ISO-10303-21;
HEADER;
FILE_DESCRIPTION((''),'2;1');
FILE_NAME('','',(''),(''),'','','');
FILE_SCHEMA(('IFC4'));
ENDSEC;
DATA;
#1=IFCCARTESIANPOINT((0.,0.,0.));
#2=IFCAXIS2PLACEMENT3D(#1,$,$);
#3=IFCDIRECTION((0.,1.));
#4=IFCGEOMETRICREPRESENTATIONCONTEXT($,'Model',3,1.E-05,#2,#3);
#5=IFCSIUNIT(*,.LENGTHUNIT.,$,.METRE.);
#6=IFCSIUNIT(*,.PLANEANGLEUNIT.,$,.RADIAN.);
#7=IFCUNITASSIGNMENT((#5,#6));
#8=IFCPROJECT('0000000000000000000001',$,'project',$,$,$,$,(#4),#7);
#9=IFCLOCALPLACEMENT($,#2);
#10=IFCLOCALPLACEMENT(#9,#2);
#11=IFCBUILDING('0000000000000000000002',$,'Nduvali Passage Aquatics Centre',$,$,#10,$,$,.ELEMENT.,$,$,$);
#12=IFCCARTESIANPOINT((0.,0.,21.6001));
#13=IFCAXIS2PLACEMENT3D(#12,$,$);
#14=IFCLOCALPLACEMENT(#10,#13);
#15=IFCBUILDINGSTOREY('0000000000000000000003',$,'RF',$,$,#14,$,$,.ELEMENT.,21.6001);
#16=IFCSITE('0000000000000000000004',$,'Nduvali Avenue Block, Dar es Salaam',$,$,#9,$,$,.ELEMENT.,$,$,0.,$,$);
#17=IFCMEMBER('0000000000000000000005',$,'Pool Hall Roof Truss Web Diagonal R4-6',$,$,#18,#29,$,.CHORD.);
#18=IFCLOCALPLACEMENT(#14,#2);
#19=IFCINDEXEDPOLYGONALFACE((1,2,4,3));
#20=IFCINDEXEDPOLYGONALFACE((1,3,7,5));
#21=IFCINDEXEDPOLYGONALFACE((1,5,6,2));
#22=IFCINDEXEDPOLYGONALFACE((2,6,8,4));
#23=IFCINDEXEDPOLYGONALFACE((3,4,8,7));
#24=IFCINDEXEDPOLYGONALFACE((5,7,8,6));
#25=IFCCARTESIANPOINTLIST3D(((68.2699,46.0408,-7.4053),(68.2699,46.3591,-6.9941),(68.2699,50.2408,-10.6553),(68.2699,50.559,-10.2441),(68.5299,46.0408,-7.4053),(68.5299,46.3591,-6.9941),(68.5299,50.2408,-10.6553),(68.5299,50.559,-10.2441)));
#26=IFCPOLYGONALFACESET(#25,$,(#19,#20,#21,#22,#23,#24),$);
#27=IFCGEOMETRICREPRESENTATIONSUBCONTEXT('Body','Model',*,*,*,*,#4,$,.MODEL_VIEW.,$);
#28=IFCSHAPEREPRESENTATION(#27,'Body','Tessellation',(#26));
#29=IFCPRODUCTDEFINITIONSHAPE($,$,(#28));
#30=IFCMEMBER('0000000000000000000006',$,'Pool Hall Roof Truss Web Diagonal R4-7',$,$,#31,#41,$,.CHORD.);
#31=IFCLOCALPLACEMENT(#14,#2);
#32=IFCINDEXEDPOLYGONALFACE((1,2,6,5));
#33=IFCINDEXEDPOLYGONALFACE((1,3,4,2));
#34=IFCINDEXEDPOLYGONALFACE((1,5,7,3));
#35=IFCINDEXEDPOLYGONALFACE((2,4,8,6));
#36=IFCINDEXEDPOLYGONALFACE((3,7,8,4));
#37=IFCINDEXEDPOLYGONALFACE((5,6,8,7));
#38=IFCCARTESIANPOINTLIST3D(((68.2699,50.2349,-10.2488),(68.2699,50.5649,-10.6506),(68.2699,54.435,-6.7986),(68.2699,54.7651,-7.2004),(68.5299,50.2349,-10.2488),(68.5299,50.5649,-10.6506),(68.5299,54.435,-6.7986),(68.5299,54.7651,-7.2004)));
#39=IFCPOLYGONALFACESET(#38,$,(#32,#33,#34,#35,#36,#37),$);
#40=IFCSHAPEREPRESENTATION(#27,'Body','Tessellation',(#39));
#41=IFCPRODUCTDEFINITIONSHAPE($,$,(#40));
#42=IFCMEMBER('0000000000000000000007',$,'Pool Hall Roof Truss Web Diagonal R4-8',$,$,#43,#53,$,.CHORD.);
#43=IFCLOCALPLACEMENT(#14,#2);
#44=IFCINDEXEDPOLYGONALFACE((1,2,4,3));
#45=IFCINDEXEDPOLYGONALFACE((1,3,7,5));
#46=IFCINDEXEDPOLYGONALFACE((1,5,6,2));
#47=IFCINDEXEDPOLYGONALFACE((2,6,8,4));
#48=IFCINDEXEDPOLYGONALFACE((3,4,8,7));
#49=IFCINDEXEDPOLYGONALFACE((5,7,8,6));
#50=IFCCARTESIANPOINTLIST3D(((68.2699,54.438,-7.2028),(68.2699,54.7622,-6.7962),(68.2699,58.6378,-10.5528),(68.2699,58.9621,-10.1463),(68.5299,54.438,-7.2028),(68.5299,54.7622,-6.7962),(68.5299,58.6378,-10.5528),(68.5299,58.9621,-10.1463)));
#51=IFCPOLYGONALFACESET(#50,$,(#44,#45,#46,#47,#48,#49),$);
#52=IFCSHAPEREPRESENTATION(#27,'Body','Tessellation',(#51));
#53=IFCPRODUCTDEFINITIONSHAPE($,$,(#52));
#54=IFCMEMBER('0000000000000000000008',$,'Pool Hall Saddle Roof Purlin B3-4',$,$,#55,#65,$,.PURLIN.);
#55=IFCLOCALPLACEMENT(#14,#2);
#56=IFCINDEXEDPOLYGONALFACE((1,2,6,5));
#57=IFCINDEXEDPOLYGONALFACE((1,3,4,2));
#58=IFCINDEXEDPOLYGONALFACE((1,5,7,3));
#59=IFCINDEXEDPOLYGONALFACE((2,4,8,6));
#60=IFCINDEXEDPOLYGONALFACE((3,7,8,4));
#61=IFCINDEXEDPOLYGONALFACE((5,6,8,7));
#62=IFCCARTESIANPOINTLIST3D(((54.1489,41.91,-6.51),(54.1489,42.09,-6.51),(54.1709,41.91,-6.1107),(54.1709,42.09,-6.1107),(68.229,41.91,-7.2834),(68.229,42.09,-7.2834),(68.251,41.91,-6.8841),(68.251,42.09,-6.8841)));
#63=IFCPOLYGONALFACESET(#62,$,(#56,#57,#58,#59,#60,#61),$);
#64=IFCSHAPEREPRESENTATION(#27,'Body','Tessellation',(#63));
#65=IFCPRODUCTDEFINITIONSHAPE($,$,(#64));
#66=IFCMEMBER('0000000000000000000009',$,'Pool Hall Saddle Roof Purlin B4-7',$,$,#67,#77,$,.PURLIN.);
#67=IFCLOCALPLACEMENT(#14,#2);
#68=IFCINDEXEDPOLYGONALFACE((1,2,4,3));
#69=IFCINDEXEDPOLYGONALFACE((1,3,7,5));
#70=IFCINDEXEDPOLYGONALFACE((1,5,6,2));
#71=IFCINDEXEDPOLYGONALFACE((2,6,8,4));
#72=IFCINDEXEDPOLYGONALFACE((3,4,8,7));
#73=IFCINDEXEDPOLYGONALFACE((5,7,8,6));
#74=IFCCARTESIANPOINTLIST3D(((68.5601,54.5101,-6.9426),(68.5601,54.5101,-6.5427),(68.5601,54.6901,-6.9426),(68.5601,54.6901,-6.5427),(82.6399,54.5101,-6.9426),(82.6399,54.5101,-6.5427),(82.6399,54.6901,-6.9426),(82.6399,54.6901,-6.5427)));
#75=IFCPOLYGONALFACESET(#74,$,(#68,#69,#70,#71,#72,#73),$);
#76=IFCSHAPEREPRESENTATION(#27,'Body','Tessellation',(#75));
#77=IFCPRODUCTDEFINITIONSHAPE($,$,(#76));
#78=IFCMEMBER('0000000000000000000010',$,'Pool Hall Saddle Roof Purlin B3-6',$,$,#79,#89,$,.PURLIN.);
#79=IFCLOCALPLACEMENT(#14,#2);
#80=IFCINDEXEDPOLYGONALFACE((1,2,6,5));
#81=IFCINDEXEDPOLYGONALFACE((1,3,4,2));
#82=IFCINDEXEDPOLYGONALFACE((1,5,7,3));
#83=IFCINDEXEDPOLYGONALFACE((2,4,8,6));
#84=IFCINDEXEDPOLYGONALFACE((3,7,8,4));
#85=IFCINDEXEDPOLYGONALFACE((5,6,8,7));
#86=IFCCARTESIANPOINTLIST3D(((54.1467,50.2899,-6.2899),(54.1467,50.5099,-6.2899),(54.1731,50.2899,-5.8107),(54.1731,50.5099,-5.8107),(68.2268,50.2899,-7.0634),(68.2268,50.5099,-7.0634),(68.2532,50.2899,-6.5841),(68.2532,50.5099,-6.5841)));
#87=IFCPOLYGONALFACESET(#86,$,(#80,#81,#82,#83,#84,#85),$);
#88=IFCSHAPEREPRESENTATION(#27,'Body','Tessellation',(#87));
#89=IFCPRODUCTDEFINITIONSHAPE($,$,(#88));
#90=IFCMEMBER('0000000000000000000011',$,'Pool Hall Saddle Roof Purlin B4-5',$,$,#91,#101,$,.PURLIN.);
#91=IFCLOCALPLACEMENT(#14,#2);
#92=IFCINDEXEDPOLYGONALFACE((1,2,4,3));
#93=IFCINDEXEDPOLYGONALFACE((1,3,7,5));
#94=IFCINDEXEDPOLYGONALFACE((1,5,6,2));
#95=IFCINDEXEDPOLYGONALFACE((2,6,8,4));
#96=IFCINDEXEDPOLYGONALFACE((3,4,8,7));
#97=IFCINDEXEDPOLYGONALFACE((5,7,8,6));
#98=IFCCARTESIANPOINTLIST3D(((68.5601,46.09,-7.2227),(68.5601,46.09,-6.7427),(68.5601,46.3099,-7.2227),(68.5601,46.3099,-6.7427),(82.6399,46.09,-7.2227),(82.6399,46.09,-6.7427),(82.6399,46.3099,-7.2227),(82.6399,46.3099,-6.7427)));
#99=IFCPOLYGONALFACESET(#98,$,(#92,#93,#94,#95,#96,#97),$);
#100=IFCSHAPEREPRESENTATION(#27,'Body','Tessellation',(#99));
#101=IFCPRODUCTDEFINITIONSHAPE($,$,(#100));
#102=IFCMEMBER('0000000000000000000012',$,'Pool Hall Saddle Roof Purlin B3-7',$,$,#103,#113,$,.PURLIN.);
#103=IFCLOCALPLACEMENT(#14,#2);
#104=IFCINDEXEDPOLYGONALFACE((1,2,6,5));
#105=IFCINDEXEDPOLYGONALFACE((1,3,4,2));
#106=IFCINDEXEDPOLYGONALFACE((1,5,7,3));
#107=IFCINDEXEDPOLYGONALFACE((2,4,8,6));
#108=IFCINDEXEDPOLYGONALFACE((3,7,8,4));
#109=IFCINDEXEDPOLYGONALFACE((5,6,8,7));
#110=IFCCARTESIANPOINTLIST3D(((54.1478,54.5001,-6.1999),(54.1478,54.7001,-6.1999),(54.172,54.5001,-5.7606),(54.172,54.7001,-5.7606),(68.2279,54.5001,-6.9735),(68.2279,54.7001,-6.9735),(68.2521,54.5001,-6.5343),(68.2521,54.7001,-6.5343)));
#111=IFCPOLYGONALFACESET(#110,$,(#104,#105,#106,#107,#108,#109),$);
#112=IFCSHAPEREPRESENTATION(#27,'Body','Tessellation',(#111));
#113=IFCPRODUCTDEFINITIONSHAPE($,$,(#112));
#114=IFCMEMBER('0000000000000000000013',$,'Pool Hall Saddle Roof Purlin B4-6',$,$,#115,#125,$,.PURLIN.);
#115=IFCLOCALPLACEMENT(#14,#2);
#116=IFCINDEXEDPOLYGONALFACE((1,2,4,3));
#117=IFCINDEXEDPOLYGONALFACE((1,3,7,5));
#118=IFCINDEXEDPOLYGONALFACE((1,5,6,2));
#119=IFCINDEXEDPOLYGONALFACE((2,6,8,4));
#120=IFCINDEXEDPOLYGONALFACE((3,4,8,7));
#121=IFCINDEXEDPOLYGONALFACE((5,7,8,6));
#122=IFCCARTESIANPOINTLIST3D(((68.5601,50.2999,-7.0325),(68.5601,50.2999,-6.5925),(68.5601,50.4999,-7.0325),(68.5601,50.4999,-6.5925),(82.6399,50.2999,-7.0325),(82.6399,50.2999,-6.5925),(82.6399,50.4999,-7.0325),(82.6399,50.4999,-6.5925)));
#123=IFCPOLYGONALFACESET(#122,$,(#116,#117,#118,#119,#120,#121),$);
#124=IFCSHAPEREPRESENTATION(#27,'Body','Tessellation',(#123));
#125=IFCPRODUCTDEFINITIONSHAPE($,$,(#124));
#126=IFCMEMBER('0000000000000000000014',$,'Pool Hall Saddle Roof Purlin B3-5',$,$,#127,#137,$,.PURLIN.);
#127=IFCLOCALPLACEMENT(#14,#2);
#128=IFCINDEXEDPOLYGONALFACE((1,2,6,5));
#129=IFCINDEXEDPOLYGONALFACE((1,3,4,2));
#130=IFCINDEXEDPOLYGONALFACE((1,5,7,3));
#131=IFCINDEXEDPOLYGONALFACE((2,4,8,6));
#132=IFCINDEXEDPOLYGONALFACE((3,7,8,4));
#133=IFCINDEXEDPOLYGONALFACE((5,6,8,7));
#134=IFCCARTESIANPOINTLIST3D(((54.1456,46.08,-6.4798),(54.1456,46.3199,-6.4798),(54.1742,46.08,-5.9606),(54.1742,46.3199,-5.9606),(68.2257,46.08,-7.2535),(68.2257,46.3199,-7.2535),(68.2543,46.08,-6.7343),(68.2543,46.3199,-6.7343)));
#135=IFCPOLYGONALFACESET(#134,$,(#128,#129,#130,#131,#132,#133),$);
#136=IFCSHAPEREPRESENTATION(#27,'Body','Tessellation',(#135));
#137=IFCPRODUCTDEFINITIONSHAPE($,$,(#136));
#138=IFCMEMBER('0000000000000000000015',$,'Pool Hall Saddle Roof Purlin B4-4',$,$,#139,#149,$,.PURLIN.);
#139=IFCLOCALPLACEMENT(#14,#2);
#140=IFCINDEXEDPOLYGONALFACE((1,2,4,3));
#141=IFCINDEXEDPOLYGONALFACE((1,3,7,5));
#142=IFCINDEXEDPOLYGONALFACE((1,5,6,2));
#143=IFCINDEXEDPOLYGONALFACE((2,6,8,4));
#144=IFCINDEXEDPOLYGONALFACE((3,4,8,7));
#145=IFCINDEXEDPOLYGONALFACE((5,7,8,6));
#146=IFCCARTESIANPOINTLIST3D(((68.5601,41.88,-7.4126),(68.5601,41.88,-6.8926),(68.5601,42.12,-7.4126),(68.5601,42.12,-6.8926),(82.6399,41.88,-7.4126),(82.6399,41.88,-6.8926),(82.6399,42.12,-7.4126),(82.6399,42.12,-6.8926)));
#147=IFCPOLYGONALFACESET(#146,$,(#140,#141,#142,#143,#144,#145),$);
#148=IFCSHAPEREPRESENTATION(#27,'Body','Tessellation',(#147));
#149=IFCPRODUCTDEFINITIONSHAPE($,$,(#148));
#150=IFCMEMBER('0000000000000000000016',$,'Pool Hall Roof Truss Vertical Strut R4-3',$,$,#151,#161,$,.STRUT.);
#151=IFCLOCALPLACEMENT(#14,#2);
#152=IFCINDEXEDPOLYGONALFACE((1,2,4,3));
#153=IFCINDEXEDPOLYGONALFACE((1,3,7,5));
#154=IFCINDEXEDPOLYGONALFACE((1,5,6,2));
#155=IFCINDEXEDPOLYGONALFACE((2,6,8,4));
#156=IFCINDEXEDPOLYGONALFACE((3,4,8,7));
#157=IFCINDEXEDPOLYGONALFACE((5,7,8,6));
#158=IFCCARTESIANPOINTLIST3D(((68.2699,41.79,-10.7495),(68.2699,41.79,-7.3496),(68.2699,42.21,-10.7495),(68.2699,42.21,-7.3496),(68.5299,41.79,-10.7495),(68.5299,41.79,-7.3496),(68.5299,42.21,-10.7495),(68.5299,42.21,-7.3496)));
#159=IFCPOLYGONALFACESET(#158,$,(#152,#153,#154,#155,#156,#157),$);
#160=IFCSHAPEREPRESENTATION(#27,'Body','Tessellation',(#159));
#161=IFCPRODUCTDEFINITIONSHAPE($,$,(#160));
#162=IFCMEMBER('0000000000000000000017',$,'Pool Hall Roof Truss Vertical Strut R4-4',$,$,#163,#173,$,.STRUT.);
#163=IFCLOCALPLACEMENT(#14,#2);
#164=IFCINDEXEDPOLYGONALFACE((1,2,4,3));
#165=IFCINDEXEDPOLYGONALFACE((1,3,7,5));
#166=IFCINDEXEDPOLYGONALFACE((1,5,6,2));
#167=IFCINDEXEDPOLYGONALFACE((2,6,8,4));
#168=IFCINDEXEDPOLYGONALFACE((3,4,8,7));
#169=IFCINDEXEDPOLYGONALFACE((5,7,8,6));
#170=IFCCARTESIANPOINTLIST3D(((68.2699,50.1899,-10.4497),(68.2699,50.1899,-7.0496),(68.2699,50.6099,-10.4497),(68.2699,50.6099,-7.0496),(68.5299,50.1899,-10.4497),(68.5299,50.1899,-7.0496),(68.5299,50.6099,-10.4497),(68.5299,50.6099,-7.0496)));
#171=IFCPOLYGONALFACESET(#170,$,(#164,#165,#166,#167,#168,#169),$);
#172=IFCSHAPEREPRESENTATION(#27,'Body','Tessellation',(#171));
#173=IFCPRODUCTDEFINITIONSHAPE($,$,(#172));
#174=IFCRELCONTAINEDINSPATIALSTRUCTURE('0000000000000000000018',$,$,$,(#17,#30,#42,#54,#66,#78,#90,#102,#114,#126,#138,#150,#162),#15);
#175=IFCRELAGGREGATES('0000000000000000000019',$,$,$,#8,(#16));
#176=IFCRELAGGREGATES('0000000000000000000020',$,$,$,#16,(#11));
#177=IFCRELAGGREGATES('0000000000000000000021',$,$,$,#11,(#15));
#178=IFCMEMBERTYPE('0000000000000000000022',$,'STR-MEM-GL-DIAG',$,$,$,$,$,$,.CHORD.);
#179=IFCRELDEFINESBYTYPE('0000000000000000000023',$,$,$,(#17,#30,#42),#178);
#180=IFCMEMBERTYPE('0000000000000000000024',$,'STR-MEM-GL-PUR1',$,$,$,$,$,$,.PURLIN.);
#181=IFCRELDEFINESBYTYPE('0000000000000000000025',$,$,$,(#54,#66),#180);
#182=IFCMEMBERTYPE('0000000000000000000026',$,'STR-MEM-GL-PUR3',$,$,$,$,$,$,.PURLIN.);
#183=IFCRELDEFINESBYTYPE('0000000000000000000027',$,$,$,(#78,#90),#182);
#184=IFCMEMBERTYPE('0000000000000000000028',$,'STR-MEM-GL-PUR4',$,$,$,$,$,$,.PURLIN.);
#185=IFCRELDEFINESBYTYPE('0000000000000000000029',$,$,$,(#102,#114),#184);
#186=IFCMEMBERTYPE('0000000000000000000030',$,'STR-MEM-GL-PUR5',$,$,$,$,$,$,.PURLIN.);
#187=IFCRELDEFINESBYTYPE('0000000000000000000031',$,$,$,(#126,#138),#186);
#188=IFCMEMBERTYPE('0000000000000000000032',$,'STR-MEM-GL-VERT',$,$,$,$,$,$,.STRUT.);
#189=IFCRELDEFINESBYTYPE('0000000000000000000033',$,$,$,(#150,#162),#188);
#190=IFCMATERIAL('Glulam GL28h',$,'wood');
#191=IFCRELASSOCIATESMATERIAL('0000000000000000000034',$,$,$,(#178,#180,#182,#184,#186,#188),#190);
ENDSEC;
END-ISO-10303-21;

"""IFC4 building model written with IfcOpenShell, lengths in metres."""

from ifc_helpers import new_model, si_unit, direction, frame, origin, origin_2d, place, context, subcontext, project, spatial, rectangle, extrude, material, material_profile, profile_set, type_object, element, save


model = new_model("IFC4")

# Units and contexts
model_context = context("Model", 3, precision=1e-05, world=origin(), true_north=direction((0.0, 1.0)))
body_context = subcontext(model_context, "Body", "Model", "MODEL_VIEW")
ifc_project = project(units=[si_unit("LENGTHUNIT", "METRE"), si_unit("PLANEANGLEUNIT", "RADIAN")], contexts=[model_context])

# Site, building, storey
site_placement = place(None, origin())
site = spatial("IfcSite", under=ifc_project, at=site_placement, Name="Nduvali Avenue Block, Dar es Salaam", CompositionType="ELEMENT", RefElevation=0.0)
building_placement = place(site_placement, origin())
building = spatial("IfcBuilding", under=site, at=building_placement, Name="Nduvali Passage Aquatics Centre", CompositionType="ELEMENT")
storey_placement = place(building_placement, frame((0.0, 0.0, 21.6001)))
storey = spatial("IfcBuildingStorey", under=building, at=storey_placement, Name="RF", CompositionType="ELEMENT", Elevation=21.6001)

# Members
ifc_material_1 = material(Name="Glulam GL28h", Category="wood")
ifc_material_profile_1 = material_profile(ifc_material_1, rectangle(XDim=0.26, YDim=0.52, at=origin_2d()), Name="GL28h 260x520")
ifc_profile_set_1 = profile_set([ifc_material_profile_1], Name="Glulam GL28h")
member_type_1 = type_object("IfcMemberType", Name="STR-MEM-GL-DIAG", PredefinedType="CHORD", material=ifc_profile_set_1)
member_1_placement = place(storey_placement, frame((68.3999, 46.2, -7.1997), z_axis=(0.0, 0.790867, -0.611988), x_axis=(-1.0, 0.0, 0.0)))
element("IfcMember", 1, at=member_1_placement, inside=storey, type_object=member_type_1, Name="Pool Hall Roof Truss Web Diagonal R4-6", PredefinedType="CHORD", context=body_context, shape_type="SweptSolid", body=[
    extrude(rectangle(XDim=0.26, YDim=0.52, at=origin_2d()), origin(), (0.0, 0.0, 1.0), 5.3105),
])
member_2_placement = place(storey_placement, frame((68.3999, 50.3999, -10.4497), z_axis=(0.0, 0.772723, 0.634743), x_axis=(-1.0, 0.0, 0.0)))
element("IfcMember", 2, at=member_2_placement, inside=storey, type_object=member_type_1, Name="Pool Hall Roof Truss Web Diagonal R4-7", PredefinedType="CHORD", context=body_context, shape_type="SweptSolid", body=[
    extrude(rectangle(XDim=0.26, YDim=0.52, at=origin_2d()), origin(), (0.0, 0.0, 1.0), 5.4355),
])
member_3_placement = place(storey_placement, frame((68.3999, 54.6001, -6.9995), z_axis=(0.0, 0.781764, -0.623575), x_axis=(-1.0, 0.0, 0.0)))
element("IfcMember", 3, at=member_3_placement, inside=storey, type_object=member_type_1, Name="Pool Hall Roof Truss Web Diagonal R4-8", PredefinedType="CHORD", context=body_context, shape_type="SweptSolid", body=[
    extrude(rectangle(XDim=0.26, YDim=0.52, at=origin_2d()), origin(), (0.0, 0.0, 1.0), 5.3723),
])
ifc_material_profile_2 = material_profile(ifc_material_1, rectangle(XDim=0.1799, YDim=0.3999, at=origin_2d()), Name="GL28h 180x400")
ifc_profile_set_2 = profile_set([ifc_material_profile_2], Name="Glulam GL28h")
member_type_2 = type_object("IfcMemberType", Name="STR-MEM-GL-PUR1", PredefinedType="PURLIN", material=ifc_profile_set_2)
member_4_placement = place(storey_placement, frame((54.1599, 42.0, -6.3103), z_axis=(0.998495, 0.0, -0.054849), x_axis=(0.0, 1.0, 0.0)))
element("IfcMember", 4, at=member_4_placement, inside=storey, type_object=member_type_2, Name="Pool Hall Saddle Roof Purlin B3-4", PredefinedType="PURLIN", context=body_context, shape_type="SweptSolid", body=[
    extrude(rectangle(XDim=0.1799, YDim=0.3999, at=origin_2d()), origin(), (0.0, 0.0, 1.0), 14.1013),
])
member_5_placement = place(storey_placement, frame((68.5601, 54.6001, -6.7427), z_axis=(1.0, 0.0, 0.0), x_axis=(0.0, 1.0, 0.0)))
element("IfcMember", 5, at=member_5_placement, inside=storey, type_object=member_type_2, Name="Pool Hall Saddle Roof Purlin B4-7", PredefinedType="PURLIN", context=body_context, shape_type="SweptSolid", body=[
    extrude(rectangle(XDim=0.1799, YDim=0.3999, at=origin_2d()), origin(), (0.0, 0.0, 1.0), 14.0798),
])
ifc_material_profile_3 = material_profile(ifc_material_1, rectangle(XDim=0.22, YDim=0.48, at=origin_2d()), Name="GL28h 220x480")
ifc_profile_set_3 = profile_set([ifc_material_profile_3], Name="Glulam GL28h")
member_type_3 = type_object("IfcMemberType", Name="STR-MEM-GL-PUR3", PredefinedType="PURLIN", material=ifc_profile_set_3)
member_6_placement = place(storey_placement, frame((54.1599, 50.3999, -6.0503), z_axis=(0.998495, 0.0, -0.054849), x_axis=(0.0, 1.0, 0.0)))
element("IfcMember", 6, at=member_6_placement, inside=storey, type_object=member_type_3, Name="Pool Hall Saddle Roof Purlin B3-6", PredefinedType="PURLIN", context=body_context, shape_type="SweptSolid", body=[
    extrude(rectangle(XDim=0.22, YDim=0.48, at=origin_2d()), origin(), (0.0, 0.0, 1.0), 14.1013),
])
member_7_placement = place(storey_placement, frame((68.5601, 46.2, -6.9827), z_axis=(1.0, 0.0, 0.0), x_axis=(0.0, 1.0, 0.0)))
element("IfcMember", 7, at=member_7_placement, inside=storey, type_object=member_type_3, Name="Pool Hall Saddle Roof Purlin B4-5", PredefinedType="PURLIN", context=body_context, shape_type="SweptSolid", body=[
    extrude(rectangle(XDim=0.22, YDim=0.48, at=origin_2d()), origin(), (0.0, 0.0, 1.0), 14.0798),
])
ifc_material_profile_4 = material_profile(ifc_material_1, rectangle(XDim=0.2, YDim=0.4399, at=origin_2d()), Name="GL28h 200x440")
ifc_profile_set_4 = profile_set([ifc_material_profile_4], Name="Glulam GL28h")
member_type_4 = type_object("IfcMemberType", Name="STR-MEM-GL-PUR4", PredefinedType="PURLIN", material=ifc_profile_set_4)
member_8_placement = place(storey_placement, frame((54.1599, 54.6001, -5.9802), z_axis=(0.998494, 0.0, -0.054866), x_axis=(0.0, 1.0, 0.0)))
element("IfcMember", 8, at=member_8_placement, inside=storey, type_object=member_type_4, Name="Pool Hall Saddle Roof Purlin B3-7", PredefinedType="PURLIN", context=body_context, shape_type="SweptSolid", body=[
    extrude(rectangle(XDim=0.2, YDim=0.4399, at=origin_2d()), origin(), (0.0, 0.0, 1.0), 14.1013),
])
member_9_placement = place(storey_placement, frame((68.5601, 50.3999, -6.8125), z_axis=(1.0, 0.0, 0.0), x_axis=(0.0, 1.0, 0.0)))
element("IfcMember", 9, at=member_9_placement, inside=storey, type_object=member_type_4, Name="Pool Hall Saddle Roof Purlin B4-6", PredefinedType="PURLIN", context=body_context, shape_type="SweptSolid", body=[
    extrude(rectangle(XDim=0.2, YDim=0.4399, at=origin_2d()), origin(), (0.0, 0.0, 1.0), 14.0798),
])
ifc_material_profile_5 = material_profile(ifc_material_1, rectangle(XDim=0.24, YDim=0.52, at=origin_2d()), Name="GL28h 240x520")
ifc_profile_set_5 = profile_set([ifc_material_profile_5], Name="Glulam GL28h")
member_type_5 = type_object("IfcMemberType", Name="STR-MEM-GL-PUR5", PredefinedType="PURLIN", material=ifc_profile_set_5)
member_10_placement = place(storey_placement, frame((54.1599, 46.2, -6.2202), z_axis=(0.998494, 0.0, -0.054866), x_axis=(0.0, 1.0, 0.0)))
element("IfcMember", 10, at=member_10_placement, inside=storey, type_object=member_type_5, Name="Pool Hall Saddle Roof Purlin B3-5", PredefinedType="PURLIN", context=body_context, shape_type="SweptSolid", body=[
    extrude(rectangle(XDim=0.24, YDim=0.52, at=origin_2d()), origin(), (0.0, 0.0, 1.0), 14.1013),
])
member_11_placement = place(storey_placement, frame((68.5601, 42.0, -7.1526), z_axis=(1.0, 0.0, 0.0), x_axis=(0.0, 1.0, 0.0)))
element("IfcMember", 11, at=member_11_placement, inside=storey, type_object=member_type_5, Name="Pool Hall Saddle Roof Purlin B4-4", PredefinedType="PURLIN", context=body_context, shape_type="SweptSolid", body=[
    extrude(rectangle(XDim=0.24, YDim=0.52, at=origin_2d()), origin(), (0.0, 0.0, 1.0), 14.0798),
])
ifc_material_profile_6 = material_profile(ifc_material_1, rectangle(XDim=0.26, YDim=0.4199, at=origin_2d()), Name="GL28h 260x420")
ifc_profile_set_6 = profile_set([ifc_material_profile_6], Name="Glulam GL28h")
member_type_6 = type_object("IfcMemberType", Name="STR-MEM-GL-VERT", PredefinedType="STRUT", material=ifc_profile_set_6)
member_12_placement = place(storey_placement, frame((68.3999, 42.0, -10.7495), z_axis=(0.0, 0.0, 1.0), x_axis=(1.0, 0.0, 0.0)))
element("IfcMember", 12, at=member_12_placement, inside=storey, type_object=member_type_6, Name="Pool Hall Roof Truss Vertical Strut R4-3", PredefinedType="STRUT", context=body_context, shape_type="SweptSolid", body=[
    extrude(rectangle(XDim=0.26, YDim=0.4199, at=origin_2d()), origin(), (0.0, 0.0, 1.0), 3.3999),
])
member_13_placement = place(storey_placement, frame((68.3999, 50.3999, -10.4497), z_axis=(0.0, 0.0, 1.0), x_axis=(1.0, 0.0, 0.0)))
element("IfcMember", 13, at=member_13_placement, inside=storey, type_object=member_type_6, Name="Pool Hall Roof Truss Vertical Strut R4-4", PredefinedType="STRUT", context=body_context, shape_type="SweptSolid", body=[
    extrude(rectangle(XDim=0.26, YDim=0.4199, at=origin_2d()), origin(), (0.0, 0.0, 1.0), 3.4001),
])

save(model, "model.ifc")
